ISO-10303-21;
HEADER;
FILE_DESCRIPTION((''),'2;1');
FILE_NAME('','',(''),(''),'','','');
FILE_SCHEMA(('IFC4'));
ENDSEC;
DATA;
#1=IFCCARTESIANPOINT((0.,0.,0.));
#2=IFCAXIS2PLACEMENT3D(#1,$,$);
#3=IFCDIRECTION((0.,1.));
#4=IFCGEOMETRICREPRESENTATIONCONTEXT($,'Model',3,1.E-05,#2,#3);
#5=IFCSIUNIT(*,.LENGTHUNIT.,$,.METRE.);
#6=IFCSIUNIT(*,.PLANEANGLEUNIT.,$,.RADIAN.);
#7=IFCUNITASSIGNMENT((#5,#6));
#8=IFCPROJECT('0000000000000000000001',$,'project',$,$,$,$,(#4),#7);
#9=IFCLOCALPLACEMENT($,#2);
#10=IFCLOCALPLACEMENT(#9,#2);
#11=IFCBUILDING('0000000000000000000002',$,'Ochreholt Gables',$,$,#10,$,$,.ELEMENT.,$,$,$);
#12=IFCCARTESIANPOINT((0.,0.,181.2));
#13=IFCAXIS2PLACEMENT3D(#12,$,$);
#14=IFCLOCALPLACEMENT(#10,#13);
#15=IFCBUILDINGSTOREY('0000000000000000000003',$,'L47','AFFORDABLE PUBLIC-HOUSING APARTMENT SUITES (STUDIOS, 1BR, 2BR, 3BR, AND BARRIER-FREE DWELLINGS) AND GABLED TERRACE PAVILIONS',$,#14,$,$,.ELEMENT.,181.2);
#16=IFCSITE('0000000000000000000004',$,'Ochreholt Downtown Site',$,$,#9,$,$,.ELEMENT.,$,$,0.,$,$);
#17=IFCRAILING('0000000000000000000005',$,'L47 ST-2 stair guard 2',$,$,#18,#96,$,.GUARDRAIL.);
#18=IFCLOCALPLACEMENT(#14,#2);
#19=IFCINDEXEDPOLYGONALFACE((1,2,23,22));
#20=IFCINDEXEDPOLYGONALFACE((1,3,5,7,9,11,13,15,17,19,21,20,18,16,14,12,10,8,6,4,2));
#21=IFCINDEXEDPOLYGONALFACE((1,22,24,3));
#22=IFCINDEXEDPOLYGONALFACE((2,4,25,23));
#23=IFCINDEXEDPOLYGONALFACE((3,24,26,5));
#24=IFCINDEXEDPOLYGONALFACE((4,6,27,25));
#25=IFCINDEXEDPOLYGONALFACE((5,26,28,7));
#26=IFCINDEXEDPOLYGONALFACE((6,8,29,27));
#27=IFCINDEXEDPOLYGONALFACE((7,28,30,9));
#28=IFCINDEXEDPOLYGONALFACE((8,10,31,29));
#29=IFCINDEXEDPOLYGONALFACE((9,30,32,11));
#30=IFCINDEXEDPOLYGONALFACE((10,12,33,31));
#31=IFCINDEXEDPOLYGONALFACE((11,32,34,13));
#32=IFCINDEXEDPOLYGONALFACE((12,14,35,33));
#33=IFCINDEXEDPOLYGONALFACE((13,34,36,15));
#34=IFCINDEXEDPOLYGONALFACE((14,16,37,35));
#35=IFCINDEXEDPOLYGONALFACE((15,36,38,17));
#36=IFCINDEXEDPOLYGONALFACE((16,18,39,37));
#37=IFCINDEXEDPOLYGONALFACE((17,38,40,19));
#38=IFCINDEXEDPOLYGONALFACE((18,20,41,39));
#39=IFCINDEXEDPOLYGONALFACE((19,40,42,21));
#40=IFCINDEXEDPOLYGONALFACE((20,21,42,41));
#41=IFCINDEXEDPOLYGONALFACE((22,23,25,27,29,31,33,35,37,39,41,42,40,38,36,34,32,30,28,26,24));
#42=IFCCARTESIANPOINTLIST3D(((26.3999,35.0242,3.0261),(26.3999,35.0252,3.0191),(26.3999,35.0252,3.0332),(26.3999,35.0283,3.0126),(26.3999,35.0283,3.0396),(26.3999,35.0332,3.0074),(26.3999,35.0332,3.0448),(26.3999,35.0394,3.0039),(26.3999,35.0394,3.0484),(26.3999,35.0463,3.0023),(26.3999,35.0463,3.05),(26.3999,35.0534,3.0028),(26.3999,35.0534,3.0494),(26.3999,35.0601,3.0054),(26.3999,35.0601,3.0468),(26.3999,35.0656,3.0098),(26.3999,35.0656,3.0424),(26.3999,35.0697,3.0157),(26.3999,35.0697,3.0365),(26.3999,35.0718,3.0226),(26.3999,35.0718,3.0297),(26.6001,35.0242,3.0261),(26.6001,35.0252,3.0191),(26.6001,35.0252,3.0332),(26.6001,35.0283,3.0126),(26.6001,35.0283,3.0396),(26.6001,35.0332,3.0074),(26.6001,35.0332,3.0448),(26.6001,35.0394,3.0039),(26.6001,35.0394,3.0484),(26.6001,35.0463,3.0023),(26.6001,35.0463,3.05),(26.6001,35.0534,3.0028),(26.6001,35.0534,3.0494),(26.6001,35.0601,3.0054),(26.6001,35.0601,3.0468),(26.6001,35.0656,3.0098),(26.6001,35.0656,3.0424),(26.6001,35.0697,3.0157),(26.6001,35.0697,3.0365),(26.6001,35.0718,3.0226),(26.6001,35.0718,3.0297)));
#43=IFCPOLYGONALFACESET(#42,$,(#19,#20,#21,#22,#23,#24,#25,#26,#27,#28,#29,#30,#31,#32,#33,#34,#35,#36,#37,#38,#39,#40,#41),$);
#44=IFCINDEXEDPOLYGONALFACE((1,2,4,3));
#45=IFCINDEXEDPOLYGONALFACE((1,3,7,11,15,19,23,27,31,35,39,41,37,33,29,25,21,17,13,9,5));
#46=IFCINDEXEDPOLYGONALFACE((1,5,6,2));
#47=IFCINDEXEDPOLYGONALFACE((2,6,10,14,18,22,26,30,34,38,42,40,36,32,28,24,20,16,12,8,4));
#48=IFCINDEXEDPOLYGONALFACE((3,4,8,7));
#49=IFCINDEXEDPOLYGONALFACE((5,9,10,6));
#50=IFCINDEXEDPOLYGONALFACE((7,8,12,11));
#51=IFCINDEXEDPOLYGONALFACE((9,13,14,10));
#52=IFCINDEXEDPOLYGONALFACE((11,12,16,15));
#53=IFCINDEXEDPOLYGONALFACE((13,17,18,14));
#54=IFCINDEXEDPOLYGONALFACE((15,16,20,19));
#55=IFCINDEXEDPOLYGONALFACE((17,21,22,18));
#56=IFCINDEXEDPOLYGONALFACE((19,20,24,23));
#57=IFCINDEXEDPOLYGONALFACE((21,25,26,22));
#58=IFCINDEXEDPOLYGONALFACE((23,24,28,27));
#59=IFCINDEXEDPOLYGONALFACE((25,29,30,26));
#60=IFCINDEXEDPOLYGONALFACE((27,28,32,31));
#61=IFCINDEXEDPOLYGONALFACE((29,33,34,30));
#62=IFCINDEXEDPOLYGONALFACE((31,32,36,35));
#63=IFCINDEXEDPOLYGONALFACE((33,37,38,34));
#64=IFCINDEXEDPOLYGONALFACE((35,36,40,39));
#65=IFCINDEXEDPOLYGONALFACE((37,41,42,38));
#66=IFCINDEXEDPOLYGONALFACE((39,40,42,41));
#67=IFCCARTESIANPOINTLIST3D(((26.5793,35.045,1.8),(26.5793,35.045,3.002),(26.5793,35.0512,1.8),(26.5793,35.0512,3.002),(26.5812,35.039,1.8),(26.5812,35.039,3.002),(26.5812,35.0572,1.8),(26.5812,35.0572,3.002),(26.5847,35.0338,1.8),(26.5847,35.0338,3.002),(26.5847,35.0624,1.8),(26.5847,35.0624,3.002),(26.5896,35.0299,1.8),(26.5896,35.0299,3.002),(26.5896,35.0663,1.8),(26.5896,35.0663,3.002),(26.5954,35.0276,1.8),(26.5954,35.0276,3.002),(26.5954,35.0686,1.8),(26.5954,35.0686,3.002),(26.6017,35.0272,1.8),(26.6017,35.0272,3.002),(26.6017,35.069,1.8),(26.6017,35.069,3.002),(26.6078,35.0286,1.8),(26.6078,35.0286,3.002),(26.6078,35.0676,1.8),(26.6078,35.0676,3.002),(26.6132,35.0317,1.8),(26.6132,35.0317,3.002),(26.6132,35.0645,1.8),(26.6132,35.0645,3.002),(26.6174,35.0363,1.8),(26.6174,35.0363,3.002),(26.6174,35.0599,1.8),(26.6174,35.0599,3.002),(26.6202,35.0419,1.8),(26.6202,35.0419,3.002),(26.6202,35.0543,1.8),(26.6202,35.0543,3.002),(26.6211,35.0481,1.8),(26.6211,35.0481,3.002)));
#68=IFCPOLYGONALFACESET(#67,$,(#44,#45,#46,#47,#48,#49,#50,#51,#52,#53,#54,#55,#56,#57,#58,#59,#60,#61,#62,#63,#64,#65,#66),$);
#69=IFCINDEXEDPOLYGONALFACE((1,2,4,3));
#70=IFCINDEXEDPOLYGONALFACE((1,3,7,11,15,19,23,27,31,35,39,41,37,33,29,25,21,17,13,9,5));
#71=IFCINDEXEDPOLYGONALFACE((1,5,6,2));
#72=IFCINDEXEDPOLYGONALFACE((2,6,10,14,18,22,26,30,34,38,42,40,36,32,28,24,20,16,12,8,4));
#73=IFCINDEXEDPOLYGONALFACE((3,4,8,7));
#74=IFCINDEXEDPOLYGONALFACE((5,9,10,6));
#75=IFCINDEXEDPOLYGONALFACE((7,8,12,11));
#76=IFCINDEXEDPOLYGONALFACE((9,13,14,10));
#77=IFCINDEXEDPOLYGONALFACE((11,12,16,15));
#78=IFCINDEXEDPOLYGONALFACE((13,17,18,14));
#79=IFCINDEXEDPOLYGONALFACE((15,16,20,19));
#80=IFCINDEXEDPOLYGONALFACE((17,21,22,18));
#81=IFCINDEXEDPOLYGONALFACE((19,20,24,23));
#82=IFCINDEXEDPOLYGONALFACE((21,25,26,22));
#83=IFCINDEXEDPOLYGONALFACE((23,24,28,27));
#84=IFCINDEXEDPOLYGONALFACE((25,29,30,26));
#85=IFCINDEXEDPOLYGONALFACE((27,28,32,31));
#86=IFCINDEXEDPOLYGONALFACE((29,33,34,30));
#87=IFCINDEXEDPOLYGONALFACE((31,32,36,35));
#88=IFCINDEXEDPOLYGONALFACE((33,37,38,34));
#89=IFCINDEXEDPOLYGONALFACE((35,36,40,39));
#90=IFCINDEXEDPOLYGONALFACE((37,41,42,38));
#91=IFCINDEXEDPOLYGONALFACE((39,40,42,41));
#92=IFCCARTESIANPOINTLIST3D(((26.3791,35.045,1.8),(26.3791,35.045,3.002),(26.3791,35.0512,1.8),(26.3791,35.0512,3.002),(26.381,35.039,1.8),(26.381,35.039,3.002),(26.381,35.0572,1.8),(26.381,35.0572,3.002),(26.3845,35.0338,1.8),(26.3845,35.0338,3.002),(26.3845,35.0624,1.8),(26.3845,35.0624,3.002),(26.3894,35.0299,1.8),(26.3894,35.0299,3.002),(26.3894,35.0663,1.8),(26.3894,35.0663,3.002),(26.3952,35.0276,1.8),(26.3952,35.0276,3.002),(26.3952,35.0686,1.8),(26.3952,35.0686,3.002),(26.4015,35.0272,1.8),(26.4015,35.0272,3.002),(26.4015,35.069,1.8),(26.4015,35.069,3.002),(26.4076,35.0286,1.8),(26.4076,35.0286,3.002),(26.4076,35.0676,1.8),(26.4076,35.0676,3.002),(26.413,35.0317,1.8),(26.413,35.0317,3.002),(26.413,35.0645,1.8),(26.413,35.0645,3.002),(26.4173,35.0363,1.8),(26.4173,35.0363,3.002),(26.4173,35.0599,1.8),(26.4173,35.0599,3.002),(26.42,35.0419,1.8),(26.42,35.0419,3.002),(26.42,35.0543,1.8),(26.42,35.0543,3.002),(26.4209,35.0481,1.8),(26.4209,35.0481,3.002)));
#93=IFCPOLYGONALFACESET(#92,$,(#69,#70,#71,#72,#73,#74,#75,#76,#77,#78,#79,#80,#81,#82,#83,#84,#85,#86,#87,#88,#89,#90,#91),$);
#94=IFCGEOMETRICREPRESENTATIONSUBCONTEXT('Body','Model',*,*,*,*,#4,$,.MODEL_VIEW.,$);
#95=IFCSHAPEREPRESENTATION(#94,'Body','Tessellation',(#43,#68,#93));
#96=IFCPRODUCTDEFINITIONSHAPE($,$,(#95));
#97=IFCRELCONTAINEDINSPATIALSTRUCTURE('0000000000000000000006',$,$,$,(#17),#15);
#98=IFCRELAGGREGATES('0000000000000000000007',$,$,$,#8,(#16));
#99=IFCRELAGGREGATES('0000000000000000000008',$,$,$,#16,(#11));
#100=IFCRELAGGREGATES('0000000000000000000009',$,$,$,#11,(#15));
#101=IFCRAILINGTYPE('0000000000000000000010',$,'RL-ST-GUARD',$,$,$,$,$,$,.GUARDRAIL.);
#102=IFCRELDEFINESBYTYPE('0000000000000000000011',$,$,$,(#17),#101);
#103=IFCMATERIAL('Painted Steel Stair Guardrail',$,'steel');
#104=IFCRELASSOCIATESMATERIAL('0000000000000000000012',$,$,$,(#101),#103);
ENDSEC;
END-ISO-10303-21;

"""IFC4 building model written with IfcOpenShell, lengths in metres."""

from ifc_helpers import new_model, si_unit, direction, frame, origin, origin_2d, place, context, subcontext, project, spatial, circle, extrude, material, type_object, element, save


model = new_model("IFC4")

# Units and contexts
model_context = context("Model", 3, precision=1e-05, world=origin(), true_north=direction((0.0, 1.0)))
body_context = subcontext(model_context, "Body", "Model", "MODEL_VIEW")
ifc_project = project(units=[si_unit("LENGTHUNIT", "METRE"), si_unit("PLANEANGLEUNIT", "RADIAN")], contexts=[model_context])

# Site, building, storey
site_placement = place(None, origin())
site = spatial("IfcSite", under=ifc_project, at=site_placement, Name="Ochreholt Downtown Site", CompositionType="ELEMENT", RefElevation=0.0)
building_placement = place(site_placement, origin())
building = spatial("IfcBuilding", under=site, at=building_placement, Name="Ochreholt Gables", CompositionType="ELEMENT")
storey_placement = place(building_placement, frame((0.0, 0.0, 181.2)))
storey = spatial("IfcBuildingStorey", under=building, at=storey_placement, Name="L47", Description="AFFORDABLE PUBLIC-HOUSING APARTMENT SUITES (STUDIOS, 1BR, 2BR, 3BR, AND BARRIER-FREE DWELLINGS) AND GABLED TERRACE PAVILIONS", CompositionType="ELEMENT", Elevation=181.2)

# Railing
ifc_material_1 = material(Name="Painted Steel Stair Guardrail", Category="steel")
railing_type_1 = type_object("IfcRailingType", Name="RL-ST-GUARD", PredefinedType="GUARDRAIL", material=ifc_material_1)
railing_1_placement = place(storey_placement, frame((26.6001, 35.0481, 1.8)))
element("IfcRailing", 1, at=railing_1_placement, inside=storey, type_object=railing_type_1, Name="L47 ST-2 stair guard 2", PredefinedType="GUARDRAIL", context=body_context, shape_type="SweptSolid", body=[
    extrude(circle(Radius=0.0239, at=origin_2d()), frame((0.0, 0.0, 1.2261), z_axis=(-1.0, 0.0, 0.0), x_axis=(0.0, -1.0, 0.0)), (0.0, 0.0, 1.0), 0.2002),
    extrude(circle(Radius=0.021, at=origin_2d()), origin(), (0.0, 0.0, 1.0), 1.2019),
    extrude(circle(Radius=0.021, at=origin_2d()), frame((-0.2002, 0.0, 0.0)), (0.0, 0.0, 1.0), 1.2019),
])

save(model, "model.ifc")
